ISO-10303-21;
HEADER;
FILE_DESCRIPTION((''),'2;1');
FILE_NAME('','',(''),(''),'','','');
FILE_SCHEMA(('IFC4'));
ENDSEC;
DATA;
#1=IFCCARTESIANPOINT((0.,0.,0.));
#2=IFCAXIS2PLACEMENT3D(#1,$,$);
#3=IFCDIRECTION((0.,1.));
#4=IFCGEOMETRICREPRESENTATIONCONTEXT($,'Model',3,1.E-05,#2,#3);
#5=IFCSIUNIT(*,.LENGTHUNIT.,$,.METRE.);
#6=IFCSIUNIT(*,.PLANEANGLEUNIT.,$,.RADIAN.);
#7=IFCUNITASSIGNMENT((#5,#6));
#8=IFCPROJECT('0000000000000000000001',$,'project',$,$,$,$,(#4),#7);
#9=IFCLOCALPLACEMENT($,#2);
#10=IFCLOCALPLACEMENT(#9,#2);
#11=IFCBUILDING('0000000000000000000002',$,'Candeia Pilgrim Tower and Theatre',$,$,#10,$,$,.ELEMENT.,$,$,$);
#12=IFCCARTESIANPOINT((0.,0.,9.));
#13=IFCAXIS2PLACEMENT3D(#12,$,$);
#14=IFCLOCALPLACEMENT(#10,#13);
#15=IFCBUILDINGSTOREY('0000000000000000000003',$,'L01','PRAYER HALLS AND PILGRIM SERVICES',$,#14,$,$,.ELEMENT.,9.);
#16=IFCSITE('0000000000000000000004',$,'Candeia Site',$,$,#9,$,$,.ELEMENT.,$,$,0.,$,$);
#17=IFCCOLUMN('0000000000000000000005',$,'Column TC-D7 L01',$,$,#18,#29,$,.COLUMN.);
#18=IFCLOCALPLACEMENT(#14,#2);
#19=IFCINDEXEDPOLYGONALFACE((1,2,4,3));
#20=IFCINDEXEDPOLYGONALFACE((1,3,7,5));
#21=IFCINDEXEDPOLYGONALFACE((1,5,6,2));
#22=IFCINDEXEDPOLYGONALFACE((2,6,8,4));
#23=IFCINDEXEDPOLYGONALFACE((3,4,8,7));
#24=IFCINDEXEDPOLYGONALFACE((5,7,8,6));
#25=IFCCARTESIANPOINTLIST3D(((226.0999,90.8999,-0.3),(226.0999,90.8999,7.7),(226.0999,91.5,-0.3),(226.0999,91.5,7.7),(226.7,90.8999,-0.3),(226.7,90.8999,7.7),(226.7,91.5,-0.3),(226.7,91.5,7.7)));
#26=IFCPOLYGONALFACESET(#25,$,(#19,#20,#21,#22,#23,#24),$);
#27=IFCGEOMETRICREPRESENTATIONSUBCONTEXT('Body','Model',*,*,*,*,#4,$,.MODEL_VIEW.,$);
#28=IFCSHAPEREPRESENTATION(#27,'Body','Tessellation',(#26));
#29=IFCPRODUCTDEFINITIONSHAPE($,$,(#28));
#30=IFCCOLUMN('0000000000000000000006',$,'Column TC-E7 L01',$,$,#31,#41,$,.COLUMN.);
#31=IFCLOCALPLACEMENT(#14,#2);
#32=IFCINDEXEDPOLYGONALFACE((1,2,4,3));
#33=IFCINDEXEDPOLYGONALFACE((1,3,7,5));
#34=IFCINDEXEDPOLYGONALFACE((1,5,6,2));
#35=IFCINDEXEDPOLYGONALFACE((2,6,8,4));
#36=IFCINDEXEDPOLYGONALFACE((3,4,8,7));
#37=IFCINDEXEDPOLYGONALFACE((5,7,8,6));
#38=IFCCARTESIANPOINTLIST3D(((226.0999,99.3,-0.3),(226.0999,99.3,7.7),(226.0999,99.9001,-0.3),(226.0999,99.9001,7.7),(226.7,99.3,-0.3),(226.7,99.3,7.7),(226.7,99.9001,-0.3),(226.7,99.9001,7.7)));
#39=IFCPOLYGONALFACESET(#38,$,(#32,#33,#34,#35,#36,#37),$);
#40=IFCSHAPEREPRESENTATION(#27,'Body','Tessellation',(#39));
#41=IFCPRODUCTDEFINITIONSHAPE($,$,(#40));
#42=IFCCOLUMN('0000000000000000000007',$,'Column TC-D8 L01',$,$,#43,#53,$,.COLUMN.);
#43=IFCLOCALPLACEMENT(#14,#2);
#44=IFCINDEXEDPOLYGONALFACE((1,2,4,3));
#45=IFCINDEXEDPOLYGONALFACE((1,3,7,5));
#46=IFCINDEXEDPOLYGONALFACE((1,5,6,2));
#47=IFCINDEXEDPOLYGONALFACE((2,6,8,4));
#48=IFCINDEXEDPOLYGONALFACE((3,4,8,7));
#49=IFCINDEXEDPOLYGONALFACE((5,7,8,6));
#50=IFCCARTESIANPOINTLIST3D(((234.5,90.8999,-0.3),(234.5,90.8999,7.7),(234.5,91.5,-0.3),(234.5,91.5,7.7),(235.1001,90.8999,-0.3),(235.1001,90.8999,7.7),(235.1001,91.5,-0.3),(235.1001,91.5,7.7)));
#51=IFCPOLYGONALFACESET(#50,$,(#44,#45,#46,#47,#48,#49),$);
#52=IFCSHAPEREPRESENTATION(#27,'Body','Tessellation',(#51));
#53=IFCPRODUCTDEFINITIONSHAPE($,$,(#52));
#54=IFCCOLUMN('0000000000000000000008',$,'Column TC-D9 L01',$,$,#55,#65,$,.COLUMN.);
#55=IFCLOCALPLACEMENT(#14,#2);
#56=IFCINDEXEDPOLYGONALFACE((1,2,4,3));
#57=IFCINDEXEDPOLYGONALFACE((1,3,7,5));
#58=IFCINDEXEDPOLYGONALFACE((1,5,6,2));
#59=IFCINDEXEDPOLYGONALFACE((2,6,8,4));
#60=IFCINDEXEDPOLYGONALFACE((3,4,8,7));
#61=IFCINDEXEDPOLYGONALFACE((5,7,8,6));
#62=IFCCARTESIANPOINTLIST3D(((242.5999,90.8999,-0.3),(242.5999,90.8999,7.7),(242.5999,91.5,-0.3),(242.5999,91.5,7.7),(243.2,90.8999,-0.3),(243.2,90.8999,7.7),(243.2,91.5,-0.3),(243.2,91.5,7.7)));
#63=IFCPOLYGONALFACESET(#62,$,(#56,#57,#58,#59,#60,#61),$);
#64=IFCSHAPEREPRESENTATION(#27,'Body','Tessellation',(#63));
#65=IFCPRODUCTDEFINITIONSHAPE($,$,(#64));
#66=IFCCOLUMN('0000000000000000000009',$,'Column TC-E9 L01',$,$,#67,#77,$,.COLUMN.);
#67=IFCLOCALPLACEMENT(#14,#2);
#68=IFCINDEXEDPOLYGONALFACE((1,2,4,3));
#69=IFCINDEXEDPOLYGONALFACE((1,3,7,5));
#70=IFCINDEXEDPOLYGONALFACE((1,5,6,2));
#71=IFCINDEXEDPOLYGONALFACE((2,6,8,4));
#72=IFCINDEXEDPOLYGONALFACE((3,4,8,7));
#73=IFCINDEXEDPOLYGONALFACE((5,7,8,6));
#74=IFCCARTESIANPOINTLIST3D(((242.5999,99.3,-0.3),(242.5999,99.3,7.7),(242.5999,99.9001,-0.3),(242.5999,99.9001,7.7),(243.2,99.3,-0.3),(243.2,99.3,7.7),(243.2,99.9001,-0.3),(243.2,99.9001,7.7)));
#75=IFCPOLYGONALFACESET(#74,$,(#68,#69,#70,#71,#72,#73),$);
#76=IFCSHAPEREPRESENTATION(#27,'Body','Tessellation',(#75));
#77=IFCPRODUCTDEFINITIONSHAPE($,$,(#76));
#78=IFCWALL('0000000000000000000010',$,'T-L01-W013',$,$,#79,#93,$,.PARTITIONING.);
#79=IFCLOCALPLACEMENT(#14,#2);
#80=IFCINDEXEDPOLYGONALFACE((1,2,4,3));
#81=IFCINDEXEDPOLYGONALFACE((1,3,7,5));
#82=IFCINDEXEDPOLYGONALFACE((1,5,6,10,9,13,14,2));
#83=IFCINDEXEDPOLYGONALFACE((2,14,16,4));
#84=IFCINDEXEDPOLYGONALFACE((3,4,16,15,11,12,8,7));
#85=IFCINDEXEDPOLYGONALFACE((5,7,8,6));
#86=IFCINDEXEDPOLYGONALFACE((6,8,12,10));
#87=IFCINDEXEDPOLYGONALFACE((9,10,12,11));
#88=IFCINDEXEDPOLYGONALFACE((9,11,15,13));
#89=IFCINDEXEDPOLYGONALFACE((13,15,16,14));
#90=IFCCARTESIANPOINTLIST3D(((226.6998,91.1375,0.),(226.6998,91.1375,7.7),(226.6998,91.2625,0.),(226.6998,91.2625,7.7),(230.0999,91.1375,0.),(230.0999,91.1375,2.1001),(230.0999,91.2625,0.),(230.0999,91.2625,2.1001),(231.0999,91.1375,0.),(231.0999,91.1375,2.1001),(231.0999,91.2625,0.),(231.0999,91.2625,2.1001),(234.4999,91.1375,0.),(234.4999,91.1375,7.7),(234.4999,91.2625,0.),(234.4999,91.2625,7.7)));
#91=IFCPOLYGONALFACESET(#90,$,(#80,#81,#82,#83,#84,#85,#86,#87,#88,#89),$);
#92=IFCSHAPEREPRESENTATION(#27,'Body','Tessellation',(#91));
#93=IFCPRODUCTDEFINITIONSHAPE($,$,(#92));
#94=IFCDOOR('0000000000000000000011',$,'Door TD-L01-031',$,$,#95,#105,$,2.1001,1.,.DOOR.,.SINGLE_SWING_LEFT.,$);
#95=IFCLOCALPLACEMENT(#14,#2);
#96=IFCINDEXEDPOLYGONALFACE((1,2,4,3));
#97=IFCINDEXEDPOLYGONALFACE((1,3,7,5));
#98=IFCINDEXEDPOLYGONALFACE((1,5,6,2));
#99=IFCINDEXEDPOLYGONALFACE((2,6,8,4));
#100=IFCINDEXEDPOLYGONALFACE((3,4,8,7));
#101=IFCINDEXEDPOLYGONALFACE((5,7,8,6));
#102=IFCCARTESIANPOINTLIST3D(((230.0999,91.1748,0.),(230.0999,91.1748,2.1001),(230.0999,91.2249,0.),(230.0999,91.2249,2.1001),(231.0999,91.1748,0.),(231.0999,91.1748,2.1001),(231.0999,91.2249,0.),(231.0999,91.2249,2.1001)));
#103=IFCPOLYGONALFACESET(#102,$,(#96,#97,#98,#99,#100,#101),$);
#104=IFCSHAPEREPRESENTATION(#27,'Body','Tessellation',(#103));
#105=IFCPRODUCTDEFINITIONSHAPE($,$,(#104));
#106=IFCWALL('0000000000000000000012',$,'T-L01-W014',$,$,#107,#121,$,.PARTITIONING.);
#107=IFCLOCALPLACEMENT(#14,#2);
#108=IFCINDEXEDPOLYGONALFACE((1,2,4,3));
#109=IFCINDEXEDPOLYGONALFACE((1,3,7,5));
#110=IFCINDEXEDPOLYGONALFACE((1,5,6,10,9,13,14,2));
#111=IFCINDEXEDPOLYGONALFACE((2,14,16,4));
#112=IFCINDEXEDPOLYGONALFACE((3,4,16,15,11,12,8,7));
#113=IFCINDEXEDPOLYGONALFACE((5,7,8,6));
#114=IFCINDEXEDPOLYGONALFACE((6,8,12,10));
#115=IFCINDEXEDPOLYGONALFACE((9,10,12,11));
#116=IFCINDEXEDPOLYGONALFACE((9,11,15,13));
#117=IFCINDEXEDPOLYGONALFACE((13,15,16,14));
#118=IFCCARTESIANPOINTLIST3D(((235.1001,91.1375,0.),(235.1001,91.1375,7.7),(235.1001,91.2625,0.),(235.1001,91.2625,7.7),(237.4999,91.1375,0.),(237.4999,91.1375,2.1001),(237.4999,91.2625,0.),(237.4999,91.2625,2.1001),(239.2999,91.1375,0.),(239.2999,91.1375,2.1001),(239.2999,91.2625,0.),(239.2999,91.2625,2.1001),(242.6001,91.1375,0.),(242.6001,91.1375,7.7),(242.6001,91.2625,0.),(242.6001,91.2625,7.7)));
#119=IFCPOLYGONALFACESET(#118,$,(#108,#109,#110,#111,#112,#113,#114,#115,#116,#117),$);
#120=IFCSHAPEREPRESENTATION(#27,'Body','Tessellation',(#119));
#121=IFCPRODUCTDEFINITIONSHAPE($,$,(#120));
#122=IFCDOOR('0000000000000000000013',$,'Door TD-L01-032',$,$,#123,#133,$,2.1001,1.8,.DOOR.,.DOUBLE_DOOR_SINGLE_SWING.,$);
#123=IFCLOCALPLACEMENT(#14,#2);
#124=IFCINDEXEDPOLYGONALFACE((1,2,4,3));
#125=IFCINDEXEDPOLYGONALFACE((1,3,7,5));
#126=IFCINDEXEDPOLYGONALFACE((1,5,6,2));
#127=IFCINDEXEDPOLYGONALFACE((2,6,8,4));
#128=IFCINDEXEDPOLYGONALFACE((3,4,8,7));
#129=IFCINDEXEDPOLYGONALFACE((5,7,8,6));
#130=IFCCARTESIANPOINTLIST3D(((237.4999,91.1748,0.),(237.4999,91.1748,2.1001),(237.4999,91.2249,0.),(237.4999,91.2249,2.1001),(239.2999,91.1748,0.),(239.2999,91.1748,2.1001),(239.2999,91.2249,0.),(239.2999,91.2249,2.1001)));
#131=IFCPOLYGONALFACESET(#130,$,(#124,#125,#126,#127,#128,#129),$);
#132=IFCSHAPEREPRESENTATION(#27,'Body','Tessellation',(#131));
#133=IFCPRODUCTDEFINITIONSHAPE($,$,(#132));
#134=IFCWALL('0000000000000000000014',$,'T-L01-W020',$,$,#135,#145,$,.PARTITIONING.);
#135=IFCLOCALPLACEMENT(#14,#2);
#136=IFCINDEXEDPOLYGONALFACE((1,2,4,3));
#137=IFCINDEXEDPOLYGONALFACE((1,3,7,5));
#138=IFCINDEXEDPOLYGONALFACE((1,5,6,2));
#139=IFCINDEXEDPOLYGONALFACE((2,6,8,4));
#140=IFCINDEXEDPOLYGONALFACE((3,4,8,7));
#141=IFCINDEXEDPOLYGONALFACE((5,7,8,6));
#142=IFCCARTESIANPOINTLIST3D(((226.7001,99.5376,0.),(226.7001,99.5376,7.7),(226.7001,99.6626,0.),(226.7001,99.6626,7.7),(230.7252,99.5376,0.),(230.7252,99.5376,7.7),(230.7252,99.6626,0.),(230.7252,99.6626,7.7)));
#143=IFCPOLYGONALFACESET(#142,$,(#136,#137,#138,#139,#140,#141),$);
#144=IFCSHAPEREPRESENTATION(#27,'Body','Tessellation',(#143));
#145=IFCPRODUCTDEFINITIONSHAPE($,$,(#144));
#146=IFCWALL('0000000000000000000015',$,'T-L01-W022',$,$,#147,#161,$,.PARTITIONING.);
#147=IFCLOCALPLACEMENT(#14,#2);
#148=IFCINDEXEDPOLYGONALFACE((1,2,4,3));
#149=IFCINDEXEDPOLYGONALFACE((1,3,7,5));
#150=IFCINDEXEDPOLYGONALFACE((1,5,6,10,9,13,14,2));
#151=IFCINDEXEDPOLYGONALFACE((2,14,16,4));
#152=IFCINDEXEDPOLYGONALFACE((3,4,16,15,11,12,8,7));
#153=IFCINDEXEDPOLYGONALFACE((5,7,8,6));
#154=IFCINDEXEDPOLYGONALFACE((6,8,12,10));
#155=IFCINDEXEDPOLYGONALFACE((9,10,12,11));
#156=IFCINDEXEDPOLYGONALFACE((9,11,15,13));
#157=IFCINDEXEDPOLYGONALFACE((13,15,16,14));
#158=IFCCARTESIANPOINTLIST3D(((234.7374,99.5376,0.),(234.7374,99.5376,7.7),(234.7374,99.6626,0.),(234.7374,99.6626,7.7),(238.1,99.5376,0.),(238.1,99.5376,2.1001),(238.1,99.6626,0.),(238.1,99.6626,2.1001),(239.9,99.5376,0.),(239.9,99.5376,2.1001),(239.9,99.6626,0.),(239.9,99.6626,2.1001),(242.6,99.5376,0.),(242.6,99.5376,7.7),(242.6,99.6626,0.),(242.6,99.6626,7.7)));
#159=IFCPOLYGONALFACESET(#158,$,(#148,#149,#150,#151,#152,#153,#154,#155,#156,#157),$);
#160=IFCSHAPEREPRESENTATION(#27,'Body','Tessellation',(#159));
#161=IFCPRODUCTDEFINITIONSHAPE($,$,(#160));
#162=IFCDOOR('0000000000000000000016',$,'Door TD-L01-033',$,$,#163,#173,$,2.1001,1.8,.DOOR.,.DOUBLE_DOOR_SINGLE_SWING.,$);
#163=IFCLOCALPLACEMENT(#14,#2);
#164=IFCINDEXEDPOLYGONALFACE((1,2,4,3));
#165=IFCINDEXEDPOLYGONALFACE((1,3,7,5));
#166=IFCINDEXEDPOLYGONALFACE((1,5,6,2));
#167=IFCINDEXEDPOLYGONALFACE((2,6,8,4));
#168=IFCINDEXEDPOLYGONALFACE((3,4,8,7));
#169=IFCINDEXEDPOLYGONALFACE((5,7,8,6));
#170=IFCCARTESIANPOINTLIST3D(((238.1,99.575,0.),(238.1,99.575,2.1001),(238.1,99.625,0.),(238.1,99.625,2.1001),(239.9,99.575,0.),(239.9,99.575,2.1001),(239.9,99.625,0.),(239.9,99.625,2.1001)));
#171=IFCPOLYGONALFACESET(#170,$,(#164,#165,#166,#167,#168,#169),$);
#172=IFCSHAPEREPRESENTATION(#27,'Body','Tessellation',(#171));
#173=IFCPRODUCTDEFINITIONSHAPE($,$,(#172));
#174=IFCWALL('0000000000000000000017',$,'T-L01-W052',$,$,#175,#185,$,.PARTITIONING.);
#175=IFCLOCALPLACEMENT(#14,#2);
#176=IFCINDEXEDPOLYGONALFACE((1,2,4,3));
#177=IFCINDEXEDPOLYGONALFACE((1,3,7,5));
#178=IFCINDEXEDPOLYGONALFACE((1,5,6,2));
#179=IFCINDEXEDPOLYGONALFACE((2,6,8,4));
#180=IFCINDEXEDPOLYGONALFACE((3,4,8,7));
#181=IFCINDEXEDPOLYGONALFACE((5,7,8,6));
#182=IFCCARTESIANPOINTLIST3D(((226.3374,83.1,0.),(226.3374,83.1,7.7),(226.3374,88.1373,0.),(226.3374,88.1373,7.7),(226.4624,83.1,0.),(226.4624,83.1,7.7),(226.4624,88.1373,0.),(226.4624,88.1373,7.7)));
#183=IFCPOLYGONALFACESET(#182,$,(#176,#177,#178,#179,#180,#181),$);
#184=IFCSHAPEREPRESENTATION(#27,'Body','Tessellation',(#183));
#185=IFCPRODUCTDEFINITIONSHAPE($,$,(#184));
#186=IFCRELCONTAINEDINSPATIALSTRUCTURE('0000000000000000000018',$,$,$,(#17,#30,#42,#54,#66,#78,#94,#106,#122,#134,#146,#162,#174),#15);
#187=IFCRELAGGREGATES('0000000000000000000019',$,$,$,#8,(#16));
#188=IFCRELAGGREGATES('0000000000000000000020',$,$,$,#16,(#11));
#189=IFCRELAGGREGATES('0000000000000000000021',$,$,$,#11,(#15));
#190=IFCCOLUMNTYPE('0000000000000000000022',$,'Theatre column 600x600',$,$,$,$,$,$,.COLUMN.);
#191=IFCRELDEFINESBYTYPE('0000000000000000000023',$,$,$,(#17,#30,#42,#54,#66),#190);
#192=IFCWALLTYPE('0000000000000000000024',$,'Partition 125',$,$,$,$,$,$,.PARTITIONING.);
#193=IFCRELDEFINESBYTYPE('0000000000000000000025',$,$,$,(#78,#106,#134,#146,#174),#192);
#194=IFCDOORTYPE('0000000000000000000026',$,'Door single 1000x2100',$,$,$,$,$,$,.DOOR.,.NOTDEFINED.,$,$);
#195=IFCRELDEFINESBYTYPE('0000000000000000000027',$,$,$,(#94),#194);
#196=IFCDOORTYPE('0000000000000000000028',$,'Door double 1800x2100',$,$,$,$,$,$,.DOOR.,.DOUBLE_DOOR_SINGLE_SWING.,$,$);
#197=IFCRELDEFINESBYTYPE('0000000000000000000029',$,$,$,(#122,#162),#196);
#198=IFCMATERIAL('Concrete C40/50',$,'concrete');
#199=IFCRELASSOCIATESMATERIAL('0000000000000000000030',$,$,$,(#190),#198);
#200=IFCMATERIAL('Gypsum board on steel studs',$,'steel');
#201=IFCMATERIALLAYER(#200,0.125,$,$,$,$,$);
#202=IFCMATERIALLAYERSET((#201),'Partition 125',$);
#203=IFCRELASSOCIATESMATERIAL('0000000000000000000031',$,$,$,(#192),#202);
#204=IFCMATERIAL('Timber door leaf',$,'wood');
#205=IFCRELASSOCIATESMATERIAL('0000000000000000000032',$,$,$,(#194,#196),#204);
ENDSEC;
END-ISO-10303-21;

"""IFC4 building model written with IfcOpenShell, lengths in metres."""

from ifc_helpers import new_model, si_unit, direction, frame, frame_2d, origin, origin_2d, place, context, subcontext, project, spatial, rectangle, extrude, material, layer, layer_set, material_profile, profile_set, type_object, element, fill, save


model = new_model("IFC4")

# Units and contexts
model_context = context("Model", 3, precision=1e-05, world=origin(), true_north=direction((0.0, 1.0)))
body_context = subcontext(model_context, "Body", "Model", "MODEL_VIEW")
ifc_project = project(units=[si_unit("LENGTHUNIT", "METRE"), si_unit("PLANEANGLEUNIT", "RADIAN")], contexts=[model_context])

# Site, building, storey
site_placement = place(None, origin())
site = spatial("IfcSite", under=ifc_project, at=site_placement, Name="Candeia Site", CompositionType="ELEMENT", RefElevation=0.0)
building_placement = place(site_placement, origin())
building = spatial("IfcBuilding", under=site, at=building_placement, Name="Candeia Pilgrim Tower and Theatre", CompositionType="ELEMENT")
storey_placement = place(building_placement, frame((0.0, 0.0, 9.0)))
storey = spatial("IfcBuildingStorey", under=building, at=storey_placement, Name="L01", Description="PRAYER HALLS AND PILGRIM SERVICES", CompositionType="ELEMENT", Elevation=9.0)

# Columns
ifc_material_1 = material(Name="Concrete C40/50", Category="concrete")
ifc_material_profile = material_profile(ifc_material_1, rectangle(XDim=0.6001, YDim=0.6001, at=origin_2d()))
ifc_profile_set = profile_set([ifc_material_profile], Name="Concrete C40/50")
column_type = type_object("IfcColumnType", Name="Theatre column 600x600", PredefinedType="COLUMN", material=ifc_profile_set)
for number, where, z_axis, x_axis, name in (
    (1, (226.3999, 91.2, -0.3), (0.0, 0.0, 1.0), (1.0, 0.0, 0.0), "Column TC-D7 L01"),
    (2, (226.3999, 99.6001, -0.3), (0.0, 0.0, 1.0), (1.0, 0.0, 0.0), "Column TC-E7 L01"),
    (3, (234.8, 91.2, -0.3), (0.0, 0.0, 1.0), (1.0, 0.0, 0.0), "Column TC-D8 L01"),
    (4, (242.8999, 91.2, -0.3), (0.0, 0.0, 1.0), (1.0, 0.0, 0.0), "Column TC-D9 L01"),
    (5, (242.8999, 99.6001, -0.3), (0.0, 0.0, 1.0), (1.0, 0.0, 0.0), "Column TC-E9 L01"),
):
    element("IfcColumn", number, at=place(storey_placement, frame(where, z_axis=z_axis, x_axis=x_axis)), inside=storey, type_object=column_type, Name=name, PredefinedType="COLUMN", context=body_context, shape_type="SweptSolid", body=[
        extrude(rectangle(XDim=0.6001, YDim=0.6001, at=origin_2d()), origin(), (0.0, 0.0, 1.0), 8.0),
    ])

# Walls, openings, doors
ifc_material_2 = material(Name="Gypsum board on steel studs", Category="steel")
ifc_layer_1 = layer(ifc_material_2, 0.125)
ifc_layer_set_1 = layer_set([ifc_layer_1], Name="Partition 125")
wall_type_1 = type_object("IfcWallType", Name="Partition 125", PredefinedType="PARTITIONING", material=ifc_layer_set_1)
wall_1_placement = place(storey_placement, frame((226.7, 91.2, 0.0), z_axis=(0.0, 0.0, 1.0), x_axis=(1.0, 0.0, 0.0)))
wall_1 = element("IfcWall", 6, at=wall_1_placement, inside=storey, type_object=wall_type_1, Name="T-L01-W013", PredefinedType="PARTITIONING", context=body_context, shape_type="SweptSolid", body=[
    extrude(rectangle(XDim=7.8, YDim=0.125, at=frame_2d((3.8999, 0.0))), origin(), (0.0, 0.0, 1.0), 7.7),
])
opening_1_placement = place(wall_1_placement, frame((3.3999, 0.0, 0.0)))
opening_1 = element("IfcOpeningElement", 7, at=opening_1_placement, cuts=wall_1, PredefinedType="OPENING", context=body_context, shape_type="SweptSolid", body=[
    extrude(rectangle(XDim=1.0, YDim=2.1001, at=frame_2d((0.5, 1.05))), frame((0.0, 0.0725, 0.0), z_axis=(0.0, -1.0, 0.0), x_axis=(1.0, 0.0, 0.0)), (0.0, 0.0, 1.0), 0.145),
])
ifc_material_3 = material(Name="Timber door leaf", Category="wood")
door_type_1 = type_object("IfcDoorType", Name="Door single 1000x2100", OperationType="NOTDEFINED", PredefinedType="DOOR", material=ifc_material_3)
door_1_placement = place(opening_1_placement, origin())
door_1 = element("IfcDoor", 8, at=door_1_placement, inside=storey, type_object=door_type_1, Name="Door TD-L01-031", OperationType="SINGLE_SWING_LEFT", OverallHeight=2.1001, OverallWidth=1.0, PredefinedType="DOOR", context=body_context, shape_type="SweptSolid", body=[
    extrude(rectangle(XDim=1.0, YDim=2.1001, at=frame_2d((0.5, 1.05))), frame((0.0, 0.0249, 0.0), z_axis=(0.0, -1.0, 0.0), x_axis=(1.0, 0.0, 0.0)), (0.0, 0.0, 1.0), 0.05),
])
fill(opening_1, door_1)
wall_2_placement = place(storey_placement, frame((235.1001, 91.2, 0.0), z_axis=(0.0, 0.0, 1.0), x_axis=(1.0, 0.0, 0.0)))
wall_2 = element("IfcWall", 9, at=wall_2_placement, inside=storey, type_object=wall_type_1, Name="T-L01-W014", PredefinedType="PARTITIONING", context=body_context, shape_type="SweptSolid", body=[
    extrude(rectangle(XDim=7.5, YDim=0.125, at=frame_2d((3.75, 0.0))), origin(), (0.0, 0.0, 1.0), 7.7),
])
opening_2_placement = place(wall_2_placement, frame((2.3999, 0.0, 0.0)))
opening_2 = element("IfcOpeningElement", 10, at=opening_2_placement, cuts=wall_2, PredefinedType="OPENING", context=body_context, shape_type="SweptSolid", body=[
    extrude(rectangle(XDim=1.8, YDim=2.1001, at=frame_2d((0.8999, 1.05))), frame((0.0, 0.0725, 0.0), z_axis=(0.0, -1.0, 0.0), x_axis=(1.0, 0.0, 0.0)), (0.0, 0.0, 1.0), 0.145),
])
door_type_2 = type_object("IfcDoorType", Name="Door double 1800x2100", OperationType="DOUBLE_DOOR_SINGLE_SWING", PredefinedType="DOOR", material=ifc_material_3)
door_2_placement = place(opening_2_placement, origin())
door_2 = element("IfcDoor", 11, at=door_2_placement, inside=storey, type_object=door_type_2, Name="Door TD-L01-032", OperationType="DOUBLE_DOOR_SINGLE_SWING", OverallHeight=2.1001, OverallWidth=1.8, PredefinedType="DOOR", context=body_context, shape_type="SweptSolid", body=[
    extrude(rectangle(XDim=1.8, YDim=2.1001, at=frame_2d((0.8999, 1.05))), frame((0.0, 0.0249, 0.0), z_axis=(0.0, -1.0, 0.0), x_axis=(1.0, 0.0, 0.0)), (0.0, 0.0, 1.0), 0.05),
])
fill(opening_2, door_2)

# Wall
wall_3_placement = place(storey_placement, frame((226.7, 99.6001, 0.0), z_axis=(0.0, 0.0, 1.0), x_axis=(1.0, 0.0, 0.0)))
element("IfcWall", 12, at=wall_3_placement, inside=storey, type_object=wall_type_1, Name="T-L01-W020", PredefinedType="PARTITIONING", context=body_context, shape_type="SweptSolid", body=[
    extrude(rectangle(XDim=4.0251, YDim=0.125, at=frame_2d((2.0127, 0.0))), origin(), (0.0, 0.0, 1.0), 7.7),
])

# Wall, opening, door
wall_4_placement = place(storey_placement, frame((234.7375, 99.6001, 0.0), z_axis=(0.0, 0.0, 1.0), x_axis=(1.0, 0.0, 0.0)))
wall_4 = element("IfcWall", 13, at=wall_4_placement, inside=storey, type_object=wall_type_1, Name="T-L01-W022", PredefinedType="PARTITIONING", context=body_context, shape_type="SweptSolid", body=[
    extrude(rectangle(XDim=7.8625, YDim=0.125, at=frame_2d((3.9312, 0.0))), origin(), (0.0, 0.0, 1.0), 7.7),
])
opening_3_placement = place(wall_4_placement, frame((3.3625, 0.0, 0.0)))
opening_3 = element("IfcOpeningElement", 14, at=opening_3_placement, cuts=wall_4, PredefinedType="OPENING", context=body_context, shape_type="SweptSolid", body=[
    extrude(rectangle(XDim=1.8, YDim=2.1001, at=frame_2d((0.8999, 1.05))), frame((0.0, 0.0725, 0.0), z_axis=(0.0, -1.0, 0.0), x_axis=(1.0, 0.0, 0.0)), (0.0, 0.0, 1.0), 0.145),
])
door_3_placement = place(opening_3_placement, origin())
door_3 = element("IfcDoor", 15, at=door_3_placement, inside=storey, type_object=door_type_2, Name="Door TD-L01-033", OperationType="DOUBLE_DOOR_SINGLE_SWING", OverallHeight=2.1001, OverallWidth=1.8, PredefinedType="DOOR", context=body_context, shape_type="SweptSolid", body=[
    extrude(rectangle(XDim=1.8, YDim=2.1001, at=frame_2d((0.8999, 1.05))), frame((0.0, 0.0249, 0.0), z_axis=(0.0, -1.0, 0.0), x_axis=(1.0, 0.0, 0.0)), (0.0, 0.0, 1.0), 0.05),
])
fill(opening_3, door_3)

# Wall
wall_5_placement = place(storey_placement, frame((226.3999, 83.1001, 0.0), z_axis=(0.0, 0.0, 1.0), x_axis=(0.0, 1.0, 0.0)))
element("IfcWall", 16, at=wall_5_placement, inside=storey, type_object=wall_type_1, Name="T-L01-W052", PredefinedType="PARTITIONING", context=body_context, shape_type="SweptSolid", body=[
    extrude(rectangle(XDim=5.0374, YDim=0.125, at=frame_2d((2.5186, 0.0))), origin(), (0.0, 0.0, 1.0), 7.7),
])

save(model, "model.ifc")
